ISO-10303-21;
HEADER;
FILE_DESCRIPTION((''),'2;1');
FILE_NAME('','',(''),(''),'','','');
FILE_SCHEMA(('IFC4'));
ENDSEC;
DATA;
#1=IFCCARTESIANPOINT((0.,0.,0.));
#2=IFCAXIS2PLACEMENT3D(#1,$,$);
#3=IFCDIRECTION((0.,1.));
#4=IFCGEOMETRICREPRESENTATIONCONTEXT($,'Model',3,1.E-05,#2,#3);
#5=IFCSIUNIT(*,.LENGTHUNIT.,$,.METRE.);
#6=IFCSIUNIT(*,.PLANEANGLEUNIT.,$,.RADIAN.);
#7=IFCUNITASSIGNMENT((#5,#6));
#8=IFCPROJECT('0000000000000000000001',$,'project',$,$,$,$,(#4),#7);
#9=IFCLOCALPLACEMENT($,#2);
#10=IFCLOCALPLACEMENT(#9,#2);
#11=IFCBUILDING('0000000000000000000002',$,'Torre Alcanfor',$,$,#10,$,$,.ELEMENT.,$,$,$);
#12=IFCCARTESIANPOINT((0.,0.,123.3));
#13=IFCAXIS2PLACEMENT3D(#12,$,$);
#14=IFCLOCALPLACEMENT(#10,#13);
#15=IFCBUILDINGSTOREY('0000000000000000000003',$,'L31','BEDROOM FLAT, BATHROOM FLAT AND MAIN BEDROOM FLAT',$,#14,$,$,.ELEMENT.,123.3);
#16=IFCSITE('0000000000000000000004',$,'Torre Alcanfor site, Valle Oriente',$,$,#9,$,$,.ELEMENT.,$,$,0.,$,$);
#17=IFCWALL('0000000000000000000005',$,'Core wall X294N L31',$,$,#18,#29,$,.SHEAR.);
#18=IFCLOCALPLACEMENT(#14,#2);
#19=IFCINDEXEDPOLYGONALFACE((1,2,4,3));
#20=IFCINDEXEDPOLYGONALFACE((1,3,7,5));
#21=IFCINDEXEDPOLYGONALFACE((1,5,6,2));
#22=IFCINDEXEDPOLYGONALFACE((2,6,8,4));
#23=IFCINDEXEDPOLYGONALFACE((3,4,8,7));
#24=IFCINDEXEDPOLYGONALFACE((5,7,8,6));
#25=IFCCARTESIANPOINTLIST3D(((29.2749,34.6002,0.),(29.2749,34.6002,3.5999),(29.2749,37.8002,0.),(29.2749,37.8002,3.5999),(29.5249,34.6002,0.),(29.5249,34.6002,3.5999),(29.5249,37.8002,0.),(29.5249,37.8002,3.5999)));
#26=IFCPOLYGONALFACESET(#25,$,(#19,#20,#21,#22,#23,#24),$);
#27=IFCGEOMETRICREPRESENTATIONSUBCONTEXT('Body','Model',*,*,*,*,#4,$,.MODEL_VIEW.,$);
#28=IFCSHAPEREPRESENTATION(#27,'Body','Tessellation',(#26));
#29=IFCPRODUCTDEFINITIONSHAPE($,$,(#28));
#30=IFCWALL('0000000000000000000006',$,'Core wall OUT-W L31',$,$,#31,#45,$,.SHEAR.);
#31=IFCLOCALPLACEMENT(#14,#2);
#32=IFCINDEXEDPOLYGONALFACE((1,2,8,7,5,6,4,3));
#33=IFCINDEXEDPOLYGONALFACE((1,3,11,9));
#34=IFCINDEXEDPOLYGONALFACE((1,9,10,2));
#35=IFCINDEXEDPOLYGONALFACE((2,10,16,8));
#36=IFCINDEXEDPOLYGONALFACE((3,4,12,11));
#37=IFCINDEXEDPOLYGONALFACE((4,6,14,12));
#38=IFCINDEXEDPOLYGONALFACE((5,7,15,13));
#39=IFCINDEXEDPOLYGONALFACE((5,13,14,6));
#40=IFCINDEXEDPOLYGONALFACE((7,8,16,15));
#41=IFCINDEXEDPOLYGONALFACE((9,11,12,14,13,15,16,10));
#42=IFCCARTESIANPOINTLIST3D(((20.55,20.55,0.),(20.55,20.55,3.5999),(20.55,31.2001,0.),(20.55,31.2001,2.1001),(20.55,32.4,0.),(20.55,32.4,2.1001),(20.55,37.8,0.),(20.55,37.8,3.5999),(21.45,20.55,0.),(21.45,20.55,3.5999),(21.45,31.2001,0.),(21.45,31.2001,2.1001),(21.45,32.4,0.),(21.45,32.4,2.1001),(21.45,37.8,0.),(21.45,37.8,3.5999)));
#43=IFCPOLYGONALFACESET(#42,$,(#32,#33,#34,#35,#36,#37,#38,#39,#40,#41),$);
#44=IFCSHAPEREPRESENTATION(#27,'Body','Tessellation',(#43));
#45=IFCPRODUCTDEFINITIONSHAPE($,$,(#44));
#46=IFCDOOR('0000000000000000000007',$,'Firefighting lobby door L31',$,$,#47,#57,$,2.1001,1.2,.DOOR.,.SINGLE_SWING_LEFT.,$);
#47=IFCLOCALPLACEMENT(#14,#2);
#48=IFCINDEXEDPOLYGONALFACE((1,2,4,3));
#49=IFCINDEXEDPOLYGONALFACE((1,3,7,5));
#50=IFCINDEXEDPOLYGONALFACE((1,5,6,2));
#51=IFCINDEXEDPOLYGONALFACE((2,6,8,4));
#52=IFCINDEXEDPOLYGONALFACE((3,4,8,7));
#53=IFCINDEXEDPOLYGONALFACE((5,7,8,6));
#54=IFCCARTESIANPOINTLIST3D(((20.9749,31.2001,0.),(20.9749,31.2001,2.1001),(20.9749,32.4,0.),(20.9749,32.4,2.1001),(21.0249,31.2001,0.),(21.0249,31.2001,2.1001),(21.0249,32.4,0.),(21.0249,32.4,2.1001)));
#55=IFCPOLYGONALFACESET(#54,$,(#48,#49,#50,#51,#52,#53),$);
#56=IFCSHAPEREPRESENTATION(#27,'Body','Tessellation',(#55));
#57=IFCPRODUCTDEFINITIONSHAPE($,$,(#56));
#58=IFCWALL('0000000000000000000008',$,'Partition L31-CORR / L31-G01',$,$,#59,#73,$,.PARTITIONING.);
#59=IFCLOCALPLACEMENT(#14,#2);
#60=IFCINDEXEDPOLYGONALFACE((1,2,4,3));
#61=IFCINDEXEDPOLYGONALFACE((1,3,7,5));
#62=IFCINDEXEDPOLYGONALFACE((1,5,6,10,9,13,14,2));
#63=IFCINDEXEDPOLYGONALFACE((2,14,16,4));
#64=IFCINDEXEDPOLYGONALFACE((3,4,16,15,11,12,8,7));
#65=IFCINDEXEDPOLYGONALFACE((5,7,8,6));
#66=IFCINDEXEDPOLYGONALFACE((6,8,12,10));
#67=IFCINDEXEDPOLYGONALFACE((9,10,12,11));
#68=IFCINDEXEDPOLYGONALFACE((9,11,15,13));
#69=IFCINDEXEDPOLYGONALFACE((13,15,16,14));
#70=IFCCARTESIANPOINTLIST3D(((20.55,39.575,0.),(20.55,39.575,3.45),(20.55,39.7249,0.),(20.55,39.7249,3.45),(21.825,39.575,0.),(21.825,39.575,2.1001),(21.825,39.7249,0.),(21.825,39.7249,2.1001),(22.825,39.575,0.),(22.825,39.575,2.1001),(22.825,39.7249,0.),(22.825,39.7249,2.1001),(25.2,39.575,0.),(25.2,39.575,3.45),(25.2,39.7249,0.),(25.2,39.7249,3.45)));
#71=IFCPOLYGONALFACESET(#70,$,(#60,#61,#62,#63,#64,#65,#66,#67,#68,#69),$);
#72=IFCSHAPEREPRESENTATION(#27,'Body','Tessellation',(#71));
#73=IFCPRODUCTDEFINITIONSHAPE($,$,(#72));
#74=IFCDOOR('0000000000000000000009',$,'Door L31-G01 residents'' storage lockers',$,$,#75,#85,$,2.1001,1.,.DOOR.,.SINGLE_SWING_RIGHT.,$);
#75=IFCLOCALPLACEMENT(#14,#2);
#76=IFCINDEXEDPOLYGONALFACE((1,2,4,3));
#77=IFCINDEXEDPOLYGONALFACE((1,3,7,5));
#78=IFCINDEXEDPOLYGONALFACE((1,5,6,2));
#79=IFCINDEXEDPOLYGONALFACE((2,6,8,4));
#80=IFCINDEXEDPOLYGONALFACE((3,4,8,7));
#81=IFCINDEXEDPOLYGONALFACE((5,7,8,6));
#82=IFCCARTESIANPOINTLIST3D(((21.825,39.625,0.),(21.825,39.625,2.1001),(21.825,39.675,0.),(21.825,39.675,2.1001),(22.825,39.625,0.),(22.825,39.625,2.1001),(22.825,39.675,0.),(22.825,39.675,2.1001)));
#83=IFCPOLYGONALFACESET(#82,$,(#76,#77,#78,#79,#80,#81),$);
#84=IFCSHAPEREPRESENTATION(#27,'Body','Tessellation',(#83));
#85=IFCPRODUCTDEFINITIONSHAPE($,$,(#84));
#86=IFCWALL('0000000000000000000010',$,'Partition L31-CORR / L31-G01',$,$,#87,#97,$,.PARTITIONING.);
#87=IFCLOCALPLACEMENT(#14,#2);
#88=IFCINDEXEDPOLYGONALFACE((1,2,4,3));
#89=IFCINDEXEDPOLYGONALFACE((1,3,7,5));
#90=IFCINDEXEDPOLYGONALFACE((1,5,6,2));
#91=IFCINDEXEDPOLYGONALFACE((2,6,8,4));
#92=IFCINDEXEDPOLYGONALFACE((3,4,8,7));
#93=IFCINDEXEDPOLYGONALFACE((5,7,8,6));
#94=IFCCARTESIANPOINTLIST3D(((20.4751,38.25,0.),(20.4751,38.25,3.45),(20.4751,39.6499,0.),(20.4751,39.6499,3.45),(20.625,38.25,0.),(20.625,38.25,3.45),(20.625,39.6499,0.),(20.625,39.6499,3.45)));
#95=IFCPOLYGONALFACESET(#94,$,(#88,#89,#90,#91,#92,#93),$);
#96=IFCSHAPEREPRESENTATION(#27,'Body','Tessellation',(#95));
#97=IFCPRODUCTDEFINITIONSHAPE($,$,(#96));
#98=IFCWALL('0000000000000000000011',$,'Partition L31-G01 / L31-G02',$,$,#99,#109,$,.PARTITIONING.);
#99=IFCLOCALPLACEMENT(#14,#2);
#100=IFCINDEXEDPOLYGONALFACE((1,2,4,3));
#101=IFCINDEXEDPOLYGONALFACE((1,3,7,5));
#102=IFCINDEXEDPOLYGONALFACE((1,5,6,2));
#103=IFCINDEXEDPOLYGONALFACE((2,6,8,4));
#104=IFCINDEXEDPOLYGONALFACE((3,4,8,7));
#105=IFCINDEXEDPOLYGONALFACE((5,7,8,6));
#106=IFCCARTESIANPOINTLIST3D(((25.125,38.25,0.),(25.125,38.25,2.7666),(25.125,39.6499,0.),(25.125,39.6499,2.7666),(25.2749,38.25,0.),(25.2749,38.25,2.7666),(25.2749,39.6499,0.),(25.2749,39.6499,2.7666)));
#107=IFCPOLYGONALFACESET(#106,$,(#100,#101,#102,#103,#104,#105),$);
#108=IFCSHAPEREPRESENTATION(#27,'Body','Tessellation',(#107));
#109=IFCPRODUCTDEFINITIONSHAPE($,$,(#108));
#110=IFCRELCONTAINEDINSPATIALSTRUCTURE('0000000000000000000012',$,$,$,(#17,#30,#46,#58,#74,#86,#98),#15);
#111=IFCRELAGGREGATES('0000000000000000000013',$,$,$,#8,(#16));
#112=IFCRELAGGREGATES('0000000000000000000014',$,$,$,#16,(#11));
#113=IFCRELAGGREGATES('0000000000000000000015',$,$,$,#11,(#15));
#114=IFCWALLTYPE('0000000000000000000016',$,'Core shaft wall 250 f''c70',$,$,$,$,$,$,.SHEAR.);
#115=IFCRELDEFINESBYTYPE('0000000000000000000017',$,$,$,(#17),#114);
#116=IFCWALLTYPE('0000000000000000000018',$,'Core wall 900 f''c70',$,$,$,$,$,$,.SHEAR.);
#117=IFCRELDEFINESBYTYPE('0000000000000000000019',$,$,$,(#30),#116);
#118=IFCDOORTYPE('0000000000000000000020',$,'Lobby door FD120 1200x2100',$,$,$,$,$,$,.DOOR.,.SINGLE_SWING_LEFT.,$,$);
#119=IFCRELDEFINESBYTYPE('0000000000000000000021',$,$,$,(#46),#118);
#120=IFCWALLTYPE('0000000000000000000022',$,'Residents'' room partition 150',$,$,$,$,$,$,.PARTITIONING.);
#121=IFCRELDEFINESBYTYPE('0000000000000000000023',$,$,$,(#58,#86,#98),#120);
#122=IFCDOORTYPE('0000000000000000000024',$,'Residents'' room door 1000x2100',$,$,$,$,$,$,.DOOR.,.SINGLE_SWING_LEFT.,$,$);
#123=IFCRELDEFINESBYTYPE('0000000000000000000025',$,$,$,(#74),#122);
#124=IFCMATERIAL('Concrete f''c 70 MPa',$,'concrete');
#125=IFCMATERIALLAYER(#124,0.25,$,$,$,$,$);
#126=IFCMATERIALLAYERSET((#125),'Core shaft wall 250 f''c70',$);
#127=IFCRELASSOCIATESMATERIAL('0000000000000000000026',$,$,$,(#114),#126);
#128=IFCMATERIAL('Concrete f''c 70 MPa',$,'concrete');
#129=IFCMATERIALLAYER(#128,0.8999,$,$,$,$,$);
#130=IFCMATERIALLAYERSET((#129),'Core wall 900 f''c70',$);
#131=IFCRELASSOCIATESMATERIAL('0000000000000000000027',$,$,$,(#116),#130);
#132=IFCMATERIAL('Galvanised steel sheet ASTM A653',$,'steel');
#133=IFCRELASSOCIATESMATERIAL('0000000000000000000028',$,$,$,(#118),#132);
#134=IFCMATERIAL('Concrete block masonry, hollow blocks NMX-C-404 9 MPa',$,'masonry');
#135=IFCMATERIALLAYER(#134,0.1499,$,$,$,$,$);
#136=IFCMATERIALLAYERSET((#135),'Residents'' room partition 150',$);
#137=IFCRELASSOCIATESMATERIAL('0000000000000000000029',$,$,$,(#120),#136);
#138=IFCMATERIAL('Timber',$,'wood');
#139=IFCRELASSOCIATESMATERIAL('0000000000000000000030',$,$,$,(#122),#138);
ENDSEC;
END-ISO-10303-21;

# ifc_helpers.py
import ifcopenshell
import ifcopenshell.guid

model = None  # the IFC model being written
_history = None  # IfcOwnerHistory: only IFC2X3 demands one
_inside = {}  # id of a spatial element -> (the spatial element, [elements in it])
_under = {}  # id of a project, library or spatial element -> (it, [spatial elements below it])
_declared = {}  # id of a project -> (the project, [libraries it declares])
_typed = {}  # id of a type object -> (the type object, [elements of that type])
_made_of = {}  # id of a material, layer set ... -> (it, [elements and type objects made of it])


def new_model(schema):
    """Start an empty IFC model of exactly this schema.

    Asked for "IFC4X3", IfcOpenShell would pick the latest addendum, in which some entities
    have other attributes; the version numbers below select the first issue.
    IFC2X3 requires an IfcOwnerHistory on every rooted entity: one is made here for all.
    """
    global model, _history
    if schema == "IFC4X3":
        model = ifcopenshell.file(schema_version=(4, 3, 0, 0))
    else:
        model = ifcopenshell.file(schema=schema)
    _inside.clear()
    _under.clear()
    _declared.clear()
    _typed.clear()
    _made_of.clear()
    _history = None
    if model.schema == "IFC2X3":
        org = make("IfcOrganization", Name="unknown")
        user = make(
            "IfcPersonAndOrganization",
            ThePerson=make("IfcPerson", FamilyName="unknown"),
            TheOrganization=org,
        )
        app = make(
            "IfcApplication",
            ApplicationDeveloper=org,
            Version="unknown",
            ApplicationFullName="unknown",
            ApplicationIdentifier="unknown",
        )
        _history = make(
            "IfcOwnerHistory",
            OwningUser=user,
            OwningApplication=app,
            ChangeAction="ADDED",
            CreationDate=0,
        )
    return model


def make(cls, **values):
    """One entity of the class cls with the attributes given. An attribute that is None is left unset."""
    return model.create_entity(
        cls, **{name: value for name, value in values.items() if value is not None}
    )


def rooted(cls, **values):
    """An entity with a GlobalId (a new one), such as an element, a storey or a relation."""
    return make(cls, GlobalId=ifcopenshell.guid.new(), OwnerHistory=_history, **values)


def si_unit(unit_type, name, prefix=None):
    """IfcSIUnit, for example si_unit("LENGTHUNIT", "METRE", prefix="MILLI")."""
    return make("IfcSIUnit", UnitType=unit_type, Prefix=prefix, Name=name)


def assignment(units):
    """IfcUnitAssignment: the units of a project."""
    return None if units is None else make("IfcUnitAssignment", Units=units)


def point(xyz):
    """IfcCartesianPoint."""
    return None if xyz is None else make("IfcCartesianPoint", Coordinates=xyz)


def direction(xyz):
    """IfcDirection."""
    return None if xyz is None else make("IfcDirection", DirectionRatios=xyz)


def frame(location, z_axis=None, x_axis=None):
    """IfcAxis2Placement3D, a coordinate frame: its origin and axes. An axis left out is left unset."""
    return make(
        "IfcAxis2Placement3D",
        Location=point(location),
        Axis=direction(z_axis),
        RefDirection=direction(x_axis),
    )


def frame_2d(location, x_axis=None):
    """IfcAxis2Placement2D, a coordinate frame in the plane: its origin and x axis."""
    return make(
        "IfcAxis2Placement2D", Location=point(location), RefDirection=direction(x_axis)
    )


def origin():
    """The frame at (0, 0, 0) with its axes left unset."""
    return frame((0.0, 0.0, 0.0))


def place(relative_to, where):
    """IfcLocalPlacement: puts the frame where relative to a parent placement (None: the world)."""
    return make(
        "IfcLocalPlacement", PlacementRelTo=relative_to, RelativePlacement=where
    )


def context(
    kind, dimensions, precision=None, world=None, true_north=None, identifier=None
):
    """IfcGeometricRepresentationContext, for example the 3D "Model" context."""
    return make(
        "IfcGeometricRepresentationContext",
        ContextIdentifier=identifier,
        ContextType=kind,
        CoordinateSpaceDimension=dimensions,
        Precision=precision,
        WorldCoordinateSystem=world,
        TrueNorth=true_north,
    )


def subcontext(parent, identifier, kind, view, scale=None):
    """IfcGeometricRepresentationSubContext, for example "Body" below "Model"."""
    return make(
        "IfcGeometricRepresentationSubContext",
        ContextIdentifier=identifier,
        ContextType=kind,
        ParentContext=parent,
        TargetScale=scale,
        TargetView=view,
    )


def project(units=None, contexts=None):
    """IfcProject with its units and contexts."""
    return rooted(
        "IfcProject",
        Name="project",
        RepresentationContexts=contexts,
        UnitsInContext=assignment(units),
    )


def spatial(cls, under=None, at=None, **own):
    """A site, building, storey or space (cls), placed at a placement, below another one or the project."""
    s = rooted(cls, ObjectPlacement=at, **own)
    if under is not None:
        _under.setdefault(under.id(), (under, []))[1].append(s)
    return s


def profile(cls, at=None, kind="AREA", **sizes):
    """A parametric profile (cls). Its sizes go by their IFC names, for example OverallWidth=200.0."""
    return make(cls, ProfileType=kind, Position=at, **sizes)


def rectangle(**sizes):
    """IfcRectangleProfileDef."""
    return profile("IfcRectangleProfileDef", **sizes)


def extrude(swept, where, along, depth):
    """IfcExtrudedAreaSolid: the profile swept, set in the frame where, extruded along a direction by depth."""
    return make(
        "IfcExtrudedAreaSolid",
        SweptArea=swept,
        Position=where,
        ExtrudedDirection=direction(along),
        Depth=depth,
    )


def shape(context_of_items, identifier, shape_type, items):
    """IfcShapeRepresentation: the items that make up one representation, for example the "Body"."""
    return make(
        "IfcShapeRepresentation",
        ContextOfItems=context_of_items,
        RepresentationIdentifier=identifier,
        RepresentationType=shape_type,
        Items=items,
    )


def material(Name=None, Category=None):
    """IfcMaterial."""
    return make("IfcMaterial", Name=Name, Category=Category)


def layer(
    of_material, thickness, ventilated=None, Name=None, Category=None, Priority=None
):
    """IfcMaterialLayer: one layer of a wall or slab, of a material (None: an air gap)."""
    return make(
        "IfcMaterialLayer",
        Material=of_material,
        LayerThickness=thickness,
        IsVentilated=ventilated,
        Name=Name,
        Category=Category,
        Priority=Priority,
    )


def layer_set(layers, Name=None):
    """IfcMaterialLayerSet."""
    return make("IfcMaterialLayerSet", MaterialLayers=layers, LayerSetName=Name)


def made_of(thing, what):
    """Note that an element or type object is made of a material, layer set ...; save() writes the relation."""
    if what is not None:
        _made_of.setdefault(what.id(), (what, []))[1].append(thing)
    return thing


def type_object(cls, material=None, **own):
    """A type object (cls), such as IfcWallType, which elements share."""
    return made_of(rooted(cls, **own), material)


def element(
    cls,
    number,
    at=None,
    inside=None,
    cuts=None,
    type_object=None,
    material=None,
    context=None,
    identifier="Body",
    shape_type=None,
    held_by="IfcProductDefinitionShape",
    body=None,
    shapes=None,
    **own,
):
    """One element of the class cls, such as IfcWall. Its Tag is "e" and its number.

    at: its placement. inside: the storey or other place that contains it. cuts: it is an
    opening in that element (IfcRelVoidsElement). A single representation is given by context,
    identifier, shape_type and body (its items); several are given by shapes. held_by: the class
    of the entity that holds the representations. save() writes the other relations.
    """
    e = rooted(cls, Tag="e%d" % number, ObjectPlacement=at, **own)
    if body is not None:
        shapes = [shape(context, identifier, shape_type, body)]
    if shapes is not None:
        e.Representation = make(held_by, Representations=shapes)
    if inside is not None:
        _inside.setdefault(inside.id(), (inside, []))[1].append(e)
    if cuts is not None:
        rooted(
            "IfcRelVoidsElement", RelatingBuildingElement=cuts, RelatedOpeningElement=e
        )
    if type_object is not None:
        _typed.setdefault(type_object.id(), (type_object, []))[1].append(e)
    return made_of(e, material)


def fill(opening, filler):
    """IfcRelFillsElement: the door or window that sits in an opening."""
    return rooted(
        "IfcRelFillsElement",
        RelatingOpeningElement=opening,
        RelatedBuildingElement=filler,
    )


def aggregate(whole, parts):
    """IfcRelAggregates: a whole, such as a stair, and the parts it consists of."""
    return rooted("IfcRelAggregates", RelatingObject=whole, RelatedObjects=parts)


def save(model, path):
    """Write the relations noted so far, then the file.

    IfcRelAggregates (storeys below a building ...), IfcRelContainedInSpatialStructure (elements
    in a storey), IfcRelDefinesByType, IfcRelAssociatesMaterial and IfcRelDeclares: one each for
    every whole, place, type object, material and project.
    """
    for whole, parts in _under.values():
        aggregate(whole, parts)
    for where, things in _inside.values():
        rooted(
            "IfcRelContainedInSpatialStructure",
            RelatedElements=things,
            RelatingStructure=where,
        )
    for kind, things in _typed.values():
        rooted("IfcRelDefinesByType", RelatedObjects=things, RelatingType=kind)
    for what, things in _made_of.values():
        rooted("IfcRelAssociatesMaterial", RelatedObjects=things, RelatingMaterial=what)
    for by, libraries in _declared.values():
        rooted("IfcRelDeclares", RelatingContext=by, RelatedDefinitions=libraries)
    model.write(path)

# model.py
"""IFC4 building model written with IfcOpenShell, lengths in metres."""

from ifc_helpers import new_model, si_unit, direction, frame, frame_2d, origin, place, context, subcontext, project, spatial, rectangle, extrude, material, layer, layer_set, type_object, element, fill, save


model = new_model("IFC4")

# Units and contexts
model_context = context("Model", 3, precision=1e-05, world=origin(), true_north=direction((0.0, 1.0)))
body_context = subcontext(model_context, "Body", "Model", "MODEL_VIEW")
ifc_project = project(units=[si_unit("LENGTHUNIT", "METRE"), si_unit("PLANEANGLEUNIT", "RADIAN")], contexts=[model_context])

# Site, building, storey
site_placement = place(None, origin())
site = spatial("IfcSite", under=ifc_project, at=site_placement, Name="Torre Alcanfor site, Valle Oriente", CompositionType="ELEMENT", RefElevation=0.0)
building_placement = place(site_placement, origin())
building = spatial("IfcBuilding", under=site, at=building_placement, Name="Torre Alcanfor", CompositionType="ELEMENT")
storey_placement = place(building_placement, frame((0.0, 0.0, 123.3)))
storey = spatial("IfcBuildingStorey", under=building, at=storey_placement, Name="L31", Description="BEDROOM FLAT, BATHROOM FLAT AND MAIN BEDROOM FLAT", CompositionType="ELEMENT", Elevation=123.3)

# Wall
ifc_material_1 = material(Name="Concrete f'c 70 MPa", Category="concrete")
ifc_layer_1 = layer(ifc_material_1, 0.25)
ifc_layer_set_1 = layer_set([ifc_layer_1], Name="Core shaft wall 250 f'c70")
wall_type_1 = type_object("IfcWallType", Name="Core shaft wall 250 f'c70", PredefinedType="SHEAR", material=ifc_layer_set_1)
wall_1_placement = place(storey_placement, frame((29.3999, 34.6001, 0.0), z_axis=(0.0, 0.0, 1.0), x_axis=(0.0, 1.0, 0.0)))
element("IfcWall", 1, at=wall_1_placement, inside=storey, type_object=wall_type_1, Name="Core wall X294N L31", PredefinedType="SHEAR", context=body_context, shape_type="SweptSolid", body=[
    extrude(rectangle(XDim=3.2, YDim=0.25, at=frame_2d((1.6001, 0.0))), origin(), (0.0, 0.0, 1.0), 3.5999),
])

# Walls, openings, doors
ifc_material_2 = material(Name="Concrete f'c 70 MPa", Category="concrete")
ifc_layer_2 = layer(ifc_material_2, 0.8999)
ifc_layer_set_2 = layer_set([ifc_layer_2], Name="Core wall 900 f'c70")
wall_type_2 = type_object("IfcWallType", Name="Core wall 900 f'c70", PredefinedType="SHEAR", material=ifc_layer_set_2)
wall_2_placement = place(storey_placement, frame((21.0, 37.8, 0.0), z_axis=(0.0, 0.0, 1.0), x_axis=(0.0, -1.0, 0.0)))
wall_2 = element("IfcWall", 2, at=wall_2_placement, inside=storey, type_object=wall_type_2, Name="Core wall OUT-W L31", PredefinedType="SHEAR", context=body_context, shape_type="SweptSolid", body=[
    extrude(rectangle(XDim=17.25, YDim=0.8999, at=frame_2d((8.625, 0.0))), origin(), (0.0, 0.0, 1.0), 3.5999),
])
opening_1_placement = place(wall_2_placement, frame((5.3999, 0.0, 0.0)))
opening_1 = element("IfcOpeningElement", 3, at=opening_1_placement, cuts=wall_2, PredefinedType="OPENING", context=body_context, shape_type="SweptSolid", body=[
    extrude(rectangle(XDim=1.2, YDim=2.1001, at=frame_2d((0.6001, 1.05))), frame((0.0, 0.46, 0.0), z_axis=(0.0, -1.0, 0.0), x_axis=(1.0, 0.0, 0.0)), (0.0, 0.0, 1.0), 0.9199),
])
ifc_material_3 = material(Name="Galvanised steel sheet ASTM A653", Category="steel")
door_type_1 = type_object("IfcDoorType", Name="Lobby door FD120 1200x2100", OperationType="SINGLE_SWING_LEFT", PredefinedType="DOOR", material=ifc_material_3)
door_1_placement = place(opening_1_placement, origin())
door_1 = element("IfcDoor", 4, at=door_1_placement, inside=storey, type_object=door_type_1, Name="Firefighting lobby door L31", OperationType="SINGLE_SWING_LEFT", OverallHeight=2.1001, OverallWidth=1.2, PredefinedType="DOOR", context=body_context, shape_type="SweptSolid", body=[
    extrude(rectangle(XDim=1.2, YDim=2.1001, at=frame_2d((0.6001, 1.05))), frame((0.0, 0.0249, 0.0), z_axis=(0.0, -1.0, 0.0), x_axis=(1.0, 0.0, 0.0)), (0.0, 0.0, 1.0), 0.05),
])
fill(opening_1, door_1)
ifc_material_4 = material(Name="Concrete block masonry, hollow blocks NMX-C-404 9 MPa", Category="masonry")
ifc_layer_3 = layer(ifc_material_4, 0.1499)
ifc_layer_set_3 = layer_set([ifc_layer_3], Name="Residents' room partition 150")
wall_type_3 = type_object("IfcWallType", Name="Residents' room partition 150", PredefinedType="PARTITIONING", material=ifc_layer_set_3)
wall_3_placement = place(storey_placement, frame((25.2, 39.6499, 0.0), z_axis=(0.0, 0.0, 1.0), x_axis=(-1.0, 0.0, 0.0)))
wall_3 = element("IfcWall", 5, at=wall_3_placement, inside=storey, type_object=wall_type_3, Name="Partition L31-CORR / L31-G01", PredefinedType="PARTITIONING", context=body_context, shape_type="SweptSolid", body=[
    extrude(rectangle(XDim=4.6499, YDim=0.1499, at=frame_2d((2.325, 0.0))), origin(), (0.0, 0.0, 1.0), 3.45),
])
opening_2_placement = place(wall_3_placement, frame((2.375, 0.0, 0.0)))
opening_2 = element("IfcOpeningElement", 6, at=opening_2_placement, cuts=wall_3, PredefinedType="OPENING", context=body_context, shape_type="SweptSolid", body=[
    extrude(rectangle(XDim=1.0, YDim=2.1001, at=frame_2d((0.5, 1.05))), frame((0.0, 0.085, 0.0), z_axis=(0.0, -1.0, 0.0), x_axis=(1.0, 0.0, 0.0)), (0.0, 0.0, 1.0), 0.1699),
])
ifc_material_5 = material(Name="Timber", Category="wood")
door_type_2 = type_object("IfcDoorType", Name="Residents' room door 1000x2100", OperationType="SINGLE_SWING_LEFT", PredefinedType="DOOR", material=ifc_material_5)
door_2_placement = place(opening_2_placement, origin())
door_2 = element("IfcDoor", 7, at=door_2_placement, inside=storey, type_object=door_type_2, Name="Door L31-G01 residents' storage lockers", OperationType="SINGLE_SWING_RIGHT", OverallHeight=2.1001, OverallWidth=1.0, PredefinedType="DOOR", context=body_context, shape_type="SweptSolid", body=[
    extrude(rectangle(XDim=1.0, YDim=2.1001, at=frame_2d((0.5, 1.05))), frame((0.0, 0.0249, 0.0), z_axis=(0.0, -1.0, 0.0), x_axis=(1.0, 0.0, 0.0)), (0.0, 0.0, 1.0), 0.05),
])
fill(opening_2, door_2)

# Walls
wall_4_placement = place(storey_placement, frame((20.55, 39.6499, 0.0), z_axis=(0.0, 0.0, 1.0), x_axis=(0.0, -1.0, 0.0)))
element("IfcWall", 8, at=wall_4_placement, inside=storey, type_object=wall_type_3, Name="Partition L31-CORR / L31-G01", PredefinedType="PARTITIONING", context=body_context, shape_type="SweptSolid", body=[
    extrude(rectangle(XDim=1.3999, YDim=0.1499, at=frame_2d((0.7, 0.0))), origin(), (0.0, 0.0, 1.0), 3.45),
])
wall_5_placement = place(storey_placement, frame((25.2, 38.25, 0.0), z_axis=(0.0, 0.0, 1.0), x_axis=(0.0, 1.0, 0.0)))
element("IfcWall", 9, at=wall_5_placement, inside=storey, type_object=wall_type_3, Name="Partition L31-G01 / L31-G02", PredefinedType="PARTITIONING", context=body_context, shape_type="SweptSolid", body=[
    extrude(rectangle(XDim=1.3999, YDim=0.1499, at=frame_2d((0.7, 0.0))), origin(), (0.0, 0.0, 1.0), 2.7666),
])

save(model, "model.ifc")
